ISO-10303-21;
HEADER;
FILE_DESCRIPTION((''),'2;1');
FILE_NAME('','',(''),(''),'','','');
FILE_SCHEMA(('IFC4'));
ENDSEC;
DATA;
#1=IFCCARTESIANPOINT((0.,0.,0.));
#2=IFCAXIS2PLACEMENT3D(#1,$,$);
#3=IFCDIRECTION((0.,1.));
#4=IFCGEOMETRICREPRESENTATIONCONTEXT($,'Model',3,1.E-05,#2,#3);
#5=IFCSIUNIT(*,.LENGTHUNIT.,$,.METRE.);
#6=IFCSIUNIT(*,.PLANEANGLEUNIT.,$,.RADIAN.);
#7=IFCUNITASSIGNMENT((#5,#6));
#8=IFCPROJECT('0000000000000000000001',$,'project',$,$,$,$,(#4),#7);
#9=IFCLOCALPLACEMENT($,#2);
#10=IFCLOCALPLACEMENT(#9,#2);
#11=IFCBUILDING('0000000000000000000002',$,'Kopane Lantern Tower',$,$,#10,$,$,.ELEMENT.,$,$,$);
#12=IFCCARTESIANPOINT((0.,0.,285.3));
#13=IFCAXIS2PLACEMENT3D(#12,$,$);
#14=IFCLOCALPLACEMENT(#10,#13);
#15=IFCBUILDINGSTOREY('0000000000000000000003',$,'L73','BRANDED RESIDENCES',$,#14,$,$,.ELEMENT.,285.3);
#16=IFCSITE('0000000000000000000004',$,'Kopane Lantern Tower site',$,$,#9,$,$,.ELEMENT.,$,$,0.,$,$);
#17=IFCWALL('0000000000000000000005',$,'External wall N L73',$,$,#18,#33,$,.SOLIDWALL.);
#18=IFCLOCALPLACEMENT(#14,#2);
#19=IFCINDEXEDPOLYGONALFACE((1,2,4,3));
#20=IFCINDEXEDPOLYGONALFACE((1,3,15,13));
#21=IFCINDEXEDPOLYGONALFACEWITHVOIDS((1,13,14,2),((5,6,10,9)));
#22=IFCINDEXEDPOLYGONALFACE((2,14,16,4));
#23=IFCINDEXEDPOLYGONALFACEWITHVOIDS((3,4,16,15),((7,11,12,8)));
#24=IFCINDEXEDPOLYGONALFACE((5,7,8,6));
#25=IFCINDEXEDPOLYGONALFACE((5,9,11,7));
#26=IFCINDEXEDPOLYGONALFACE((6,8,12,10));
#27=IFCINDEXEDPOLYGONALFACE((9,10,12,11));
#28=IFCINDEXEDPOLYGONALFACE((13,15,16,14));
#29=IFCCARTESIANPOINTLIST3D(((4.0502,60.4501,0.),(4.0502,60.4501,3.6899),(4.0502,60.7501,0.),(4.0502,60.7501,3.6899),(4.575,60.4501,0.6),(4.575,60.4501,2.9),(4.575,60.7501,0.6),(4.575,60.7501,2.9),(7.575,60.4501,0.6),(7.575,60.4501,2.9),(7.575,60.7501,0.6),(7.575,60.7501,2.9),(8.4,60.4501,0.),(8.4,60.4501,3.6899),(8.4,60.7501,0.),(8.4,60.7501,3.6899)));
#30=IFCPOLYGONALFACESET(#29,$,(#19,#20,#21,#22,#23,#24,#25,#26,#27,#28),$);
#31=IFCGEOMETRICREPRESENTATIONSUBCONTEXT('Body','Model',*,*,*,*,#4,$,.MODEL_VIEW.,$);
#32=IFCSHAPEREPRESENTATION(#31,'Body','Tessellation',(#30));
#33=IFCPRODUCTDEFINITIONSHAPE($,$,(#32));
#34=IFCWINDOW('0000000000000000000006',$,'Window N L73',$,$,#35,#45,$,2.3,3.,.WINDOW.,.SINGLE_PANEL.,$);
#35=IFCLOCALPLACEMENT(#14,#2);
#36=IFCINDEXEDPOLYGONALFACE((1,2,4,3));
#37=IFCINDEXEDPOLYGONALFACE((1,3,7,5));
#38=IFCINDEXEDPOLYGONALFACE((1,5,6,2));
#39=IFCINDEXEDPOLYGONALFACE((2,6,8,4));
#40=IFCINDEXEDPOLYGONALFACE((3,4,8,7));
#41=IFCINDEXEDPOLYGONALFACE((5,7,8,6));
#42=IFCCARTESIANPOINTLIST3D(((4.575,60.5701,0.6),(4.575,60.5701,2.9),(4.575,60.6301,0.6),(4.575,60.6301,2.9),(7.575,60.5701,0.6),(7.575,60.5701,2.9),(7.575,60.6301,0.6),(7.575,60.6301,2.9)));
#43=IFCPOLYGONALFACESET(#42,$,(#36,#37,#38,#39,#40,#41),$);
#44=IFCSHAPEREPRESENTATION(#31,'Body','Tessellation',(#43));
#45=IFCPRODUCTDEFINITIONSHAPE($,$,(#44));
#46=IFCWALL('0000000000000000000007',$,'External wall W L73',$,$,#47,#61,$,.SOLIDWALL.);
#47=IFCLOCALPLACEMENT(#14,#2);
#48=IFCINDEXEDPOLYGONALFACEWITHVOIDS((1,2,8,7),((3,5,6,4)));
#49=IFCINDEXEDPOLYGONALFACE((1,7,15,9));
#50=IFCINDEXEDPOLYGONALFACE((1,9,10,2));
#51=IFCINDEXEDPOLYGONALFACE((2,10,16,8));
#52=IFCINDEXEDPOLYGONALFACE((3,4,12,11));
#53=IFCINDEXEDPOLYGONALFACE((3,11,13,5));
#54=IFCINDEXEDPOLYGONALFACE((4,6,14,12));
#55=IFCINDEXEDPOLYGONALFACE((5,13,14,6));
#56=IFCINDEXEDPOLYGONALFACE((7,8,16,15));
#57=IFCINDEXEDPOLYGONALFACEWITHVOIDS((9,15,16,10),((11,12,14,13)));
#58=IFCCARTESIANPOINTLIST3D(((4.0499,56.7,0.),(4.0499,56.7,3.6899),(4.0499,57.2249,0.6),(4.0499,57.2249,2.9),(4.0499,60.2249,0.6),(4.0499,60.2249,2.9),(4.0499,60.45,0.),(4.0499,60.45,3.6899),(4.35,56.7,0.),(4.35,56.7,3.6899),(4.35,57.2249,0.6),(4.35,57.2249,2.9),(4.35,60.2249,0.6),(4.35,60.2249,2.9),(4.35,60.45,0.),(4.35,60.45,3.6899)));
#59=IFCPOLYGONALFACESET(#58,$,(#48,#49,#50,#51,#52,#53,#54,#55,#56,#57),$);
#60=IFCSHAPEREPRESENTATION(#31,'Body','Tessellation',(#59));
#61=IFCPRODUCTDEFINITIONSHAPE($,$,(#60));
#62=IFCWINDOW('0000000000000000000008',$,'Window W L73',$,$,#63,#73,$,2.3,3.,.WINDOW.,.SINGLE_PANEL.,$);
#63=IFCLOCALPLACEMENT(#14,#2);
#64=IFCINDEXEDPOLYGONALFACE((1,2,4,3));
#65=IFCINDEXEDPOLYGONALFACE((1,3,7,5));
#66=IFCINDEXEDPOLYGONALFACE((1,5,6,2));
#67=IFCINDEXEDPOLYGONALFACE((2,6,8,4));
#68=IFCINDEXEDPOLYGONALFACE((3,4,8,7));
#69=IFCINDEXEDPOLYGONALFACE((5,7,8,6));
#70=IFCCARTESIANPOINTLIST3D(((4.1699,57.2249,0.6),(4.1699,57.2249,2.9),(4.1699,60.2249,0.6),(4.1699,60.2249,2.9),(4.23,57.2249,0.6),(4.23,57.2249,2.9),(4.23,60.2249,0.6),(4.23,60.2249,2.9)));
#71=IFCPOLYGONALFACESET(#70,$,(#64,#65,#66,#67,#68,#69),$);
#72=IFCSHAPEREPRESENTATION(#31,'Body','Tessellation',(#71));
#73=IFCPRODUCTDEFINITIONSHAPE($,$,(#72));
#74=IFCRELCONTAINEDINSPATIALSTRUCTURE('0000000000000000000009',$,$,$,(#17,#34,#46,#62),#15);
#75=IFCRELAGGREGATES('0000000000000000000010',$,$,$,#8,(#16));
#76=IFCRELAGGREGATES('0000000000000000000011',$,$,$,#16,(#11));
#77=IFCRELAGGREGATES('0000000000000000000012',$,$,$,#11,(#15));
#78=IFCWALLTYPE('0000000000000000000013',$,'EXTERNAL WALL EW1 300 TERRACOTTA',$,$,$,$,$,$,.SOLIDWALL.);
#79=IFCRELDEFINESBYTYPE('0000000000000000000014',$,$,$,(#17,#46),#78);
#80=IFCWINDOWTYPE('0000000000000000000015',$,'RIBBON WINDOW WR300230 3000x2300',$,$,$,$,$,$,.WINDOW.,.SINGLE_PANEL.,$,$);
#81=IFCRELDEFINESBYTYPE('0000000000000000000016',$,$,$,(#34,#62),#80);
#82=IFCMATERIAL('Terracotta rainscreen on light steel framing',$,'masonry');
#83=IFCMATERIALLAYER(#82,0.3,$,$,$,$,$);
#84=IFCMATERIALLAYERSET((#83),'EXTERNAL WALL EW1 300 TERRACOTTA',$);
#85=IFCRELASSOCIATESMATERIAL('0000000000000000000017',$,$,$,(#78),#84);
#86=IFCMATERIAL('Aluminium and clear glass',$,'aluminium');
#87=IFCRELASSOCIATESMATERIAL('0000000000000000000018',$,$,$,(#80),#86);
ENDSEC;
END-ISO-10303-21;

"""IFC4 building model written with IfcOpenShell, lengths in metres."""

from ifc_helpers import new_model, si_unit, direction, frame, frame_2d, origin, place, context, subcontext, project, spatial, rectangle, extrude, material, layer, layer_set, type_object, element, fill, save


model = new_model("IFC4")

# Units and contexts
model_context = context("Model", 3, precision=1e-05, world=origin(), true_north=direction((0.0, 1.0)))
body_context = subcontext(model_context, "Body", "Model", "MODEL_VIEW")
ifc_project = project(units=[si_unit("LENGTHUNIT", "METRE"), si_unit("PLANEANGLEUNIT", "RADIAN")], contexts=[model_context])

# Site, building, storey
site_placement = place(None, origin())
site = spatial("IfcSite", under=ifc_project, at=site_placement, Name="Kopane Lantern Tower site", CompositionType="ELEMENT", RefElevation=0.0)
building_placement = place(site_placement, origin())
building = spatial("IfcBuilding", under=site, at=building_placement, Name="Kopane Lantern Tower", CompositionType="ELEMENT")
storey_placement = place(building_placement, frame((0.0, 0.0, 285.3)))
storey = spatial("IfcBuildingStorey", under=building, at=storey_placement, Name="L73", Description="BRANDED RESIDENCES", CompositionType="ELEMENT", Elevation=285.3)

# Walls, openings, windows
ifc_material_1 = material(Name="Terracotta rainscreen on light steel framing", Category="masonry")
ifc_layer_1 = layer(ifc_material_1, 0.3)
ifc_layer_set_1 = layer_set([ifc_layer_1], Name="EXTERNAL WALL EW1 300 TERRACOTTA")
wall_type_1 = type_object("IfcWallType", Name="EXTERNAL WALL EW1 300 TERRACOTTA", PredefinedType="SOLIDWALL", material=ifc_layer_set_1)
ifc_material_2 = material(Name="Aluminium and clear glass", Category="aluminium")
window_type = type_object("IfcWindowType", Name="RIBBON WINDOW WR300230 3000x2300", PartitioningType="SINGLE_PANEL", PredefinedType="WINDOW", material=ifc_material_2)
wall_1_placement = place(storey_placement, frame((8.3999, 60.6001, 0.0), z_axis=(0.0, 0.0, 1.0), x_axis=(-1.0, 0.0, 0.0)))
wall_1 = element("IfcWall", 1, at=wall_1_placement, inside=storey, type_object=wall_type_1, Name="External wall N L73", PredefinedType="SOLIDWALL", context=body_context, shape_type="SweptSolid", body=[
    extrude(rectangle(XDim=4.3499, YDim=0.3, at=frame_2d((2.1748, 0.0))), origin(), (0.0, 0.0, 1.0), 3.6899),
])
opening_1_placement = place(wall_1_placement, frame((0.825, 0.0, 0.6001)))
opening_1 = element("IfcOpeningElement", 2, at=opening_1_placement, cuts=wall_1, PredefinedType="OPENING", context=body_context, shape_type="SweptSolid", body=[
    extrude(rectangle(XDim=3.0, YDim=2.3, at=frame_2d((1.5, 1.1499))), frame((0.0, 0.1599, 0.0), z_axis=(0.0, -1.0, 0.0), x_axis=(1.0, 0.0, 0.0)), (0.0, 0.0, 1.0), 0.3201),
])
window_1_placement = place(opening_1_placement, origin())
window_1 = element("IfcWindow", 3, at=window_1_placement, inside=storey, type_object=window_type, Name="Window N L73", OverallHeight=2.3, OverallWidth=3.0, PartitioningType="SINGLE_PANEL", PredefinedType="WINDOW", context=body_context, shape_type="SweptSolid", body=[
    extrude(rectangle(XDim=3.0, YDim=2.3, at=frame_2d((1.5, 1.1499))), frame((0.0, 0.03, 0.0), z_axis=(0.0, -1.0, 0.0), x_axis=(1.0, 0.0, 0.0)), (0.0, 0.0, 1.0), 0.0601),
])
fill(opening_1, window_1)
wall_2_placement = place(storey_placement, frame((4.2, 60.45, 0.0), z_axis=(0.0, 0.0, 1.0), x_axis=(0.0, -1.0, 0.0)))
wall_2 = element("IfcWall", 4, at=wall_2_placement, inside=storey, type_object=wall_type_1, Name="External wall W L73", PredefinedType="SOLIDWALL", context=body_context, shape_type="SweptSolid", body=[
    extrude(rectangle(XDim=3.75, YDim=0.3, at=frame_2d((1.875, 0.0))), origin(), (0.0, 0.0, 1.0), 3.6899),
])
opening_2_placement = place(wall_2_placement, frame((0.2251, 0.0, 0.6001)))
opening_2 = element("IfcOpeningElement", 5, at=opening_2_placement, cuts=wall_2, PredefinedType="OPENING", context=body_context, shape_type="SweptSolid", body=[
    extrude(rectangle(XDim=3.0, YDim=2.3, at=frame_2d((1.5, 1.1499))), frame((0.0, 0.1599, 0.0), z_axis=(0.0, -1.0, 0.0), x_axis=(1.0, 0.0, 0.0)), (0.0, 0.0, 1.0), 0.3201),
])
window_2_placement = place(opening_2_placement, origin())
window_2 = element("IfcWindow", 6, at=window_2_placement, inside=storey, type_object=window_type, Name="Window W L73", OverallHeight=2.3, OverallWidth=3.0, PartitioningType="SINGLE_PANEL", PredefinedType="WINDOW", context=body_context, shape_type="SweptSolid", body=[
    extrude(rectangle(XDim=3.0, YDim=2.3, at=frame_2d((1.5, 1.1499))), frame((0.0, 0.03, 0.0), z_axis=(0.0, -1.0, 0.0), x_axis=(1.0, 0.0, 0.0)), (0.0, 0.0, 1.0), 0.0601),
])
fill(opening_2, window_2)

save(model, "model.ifc")
